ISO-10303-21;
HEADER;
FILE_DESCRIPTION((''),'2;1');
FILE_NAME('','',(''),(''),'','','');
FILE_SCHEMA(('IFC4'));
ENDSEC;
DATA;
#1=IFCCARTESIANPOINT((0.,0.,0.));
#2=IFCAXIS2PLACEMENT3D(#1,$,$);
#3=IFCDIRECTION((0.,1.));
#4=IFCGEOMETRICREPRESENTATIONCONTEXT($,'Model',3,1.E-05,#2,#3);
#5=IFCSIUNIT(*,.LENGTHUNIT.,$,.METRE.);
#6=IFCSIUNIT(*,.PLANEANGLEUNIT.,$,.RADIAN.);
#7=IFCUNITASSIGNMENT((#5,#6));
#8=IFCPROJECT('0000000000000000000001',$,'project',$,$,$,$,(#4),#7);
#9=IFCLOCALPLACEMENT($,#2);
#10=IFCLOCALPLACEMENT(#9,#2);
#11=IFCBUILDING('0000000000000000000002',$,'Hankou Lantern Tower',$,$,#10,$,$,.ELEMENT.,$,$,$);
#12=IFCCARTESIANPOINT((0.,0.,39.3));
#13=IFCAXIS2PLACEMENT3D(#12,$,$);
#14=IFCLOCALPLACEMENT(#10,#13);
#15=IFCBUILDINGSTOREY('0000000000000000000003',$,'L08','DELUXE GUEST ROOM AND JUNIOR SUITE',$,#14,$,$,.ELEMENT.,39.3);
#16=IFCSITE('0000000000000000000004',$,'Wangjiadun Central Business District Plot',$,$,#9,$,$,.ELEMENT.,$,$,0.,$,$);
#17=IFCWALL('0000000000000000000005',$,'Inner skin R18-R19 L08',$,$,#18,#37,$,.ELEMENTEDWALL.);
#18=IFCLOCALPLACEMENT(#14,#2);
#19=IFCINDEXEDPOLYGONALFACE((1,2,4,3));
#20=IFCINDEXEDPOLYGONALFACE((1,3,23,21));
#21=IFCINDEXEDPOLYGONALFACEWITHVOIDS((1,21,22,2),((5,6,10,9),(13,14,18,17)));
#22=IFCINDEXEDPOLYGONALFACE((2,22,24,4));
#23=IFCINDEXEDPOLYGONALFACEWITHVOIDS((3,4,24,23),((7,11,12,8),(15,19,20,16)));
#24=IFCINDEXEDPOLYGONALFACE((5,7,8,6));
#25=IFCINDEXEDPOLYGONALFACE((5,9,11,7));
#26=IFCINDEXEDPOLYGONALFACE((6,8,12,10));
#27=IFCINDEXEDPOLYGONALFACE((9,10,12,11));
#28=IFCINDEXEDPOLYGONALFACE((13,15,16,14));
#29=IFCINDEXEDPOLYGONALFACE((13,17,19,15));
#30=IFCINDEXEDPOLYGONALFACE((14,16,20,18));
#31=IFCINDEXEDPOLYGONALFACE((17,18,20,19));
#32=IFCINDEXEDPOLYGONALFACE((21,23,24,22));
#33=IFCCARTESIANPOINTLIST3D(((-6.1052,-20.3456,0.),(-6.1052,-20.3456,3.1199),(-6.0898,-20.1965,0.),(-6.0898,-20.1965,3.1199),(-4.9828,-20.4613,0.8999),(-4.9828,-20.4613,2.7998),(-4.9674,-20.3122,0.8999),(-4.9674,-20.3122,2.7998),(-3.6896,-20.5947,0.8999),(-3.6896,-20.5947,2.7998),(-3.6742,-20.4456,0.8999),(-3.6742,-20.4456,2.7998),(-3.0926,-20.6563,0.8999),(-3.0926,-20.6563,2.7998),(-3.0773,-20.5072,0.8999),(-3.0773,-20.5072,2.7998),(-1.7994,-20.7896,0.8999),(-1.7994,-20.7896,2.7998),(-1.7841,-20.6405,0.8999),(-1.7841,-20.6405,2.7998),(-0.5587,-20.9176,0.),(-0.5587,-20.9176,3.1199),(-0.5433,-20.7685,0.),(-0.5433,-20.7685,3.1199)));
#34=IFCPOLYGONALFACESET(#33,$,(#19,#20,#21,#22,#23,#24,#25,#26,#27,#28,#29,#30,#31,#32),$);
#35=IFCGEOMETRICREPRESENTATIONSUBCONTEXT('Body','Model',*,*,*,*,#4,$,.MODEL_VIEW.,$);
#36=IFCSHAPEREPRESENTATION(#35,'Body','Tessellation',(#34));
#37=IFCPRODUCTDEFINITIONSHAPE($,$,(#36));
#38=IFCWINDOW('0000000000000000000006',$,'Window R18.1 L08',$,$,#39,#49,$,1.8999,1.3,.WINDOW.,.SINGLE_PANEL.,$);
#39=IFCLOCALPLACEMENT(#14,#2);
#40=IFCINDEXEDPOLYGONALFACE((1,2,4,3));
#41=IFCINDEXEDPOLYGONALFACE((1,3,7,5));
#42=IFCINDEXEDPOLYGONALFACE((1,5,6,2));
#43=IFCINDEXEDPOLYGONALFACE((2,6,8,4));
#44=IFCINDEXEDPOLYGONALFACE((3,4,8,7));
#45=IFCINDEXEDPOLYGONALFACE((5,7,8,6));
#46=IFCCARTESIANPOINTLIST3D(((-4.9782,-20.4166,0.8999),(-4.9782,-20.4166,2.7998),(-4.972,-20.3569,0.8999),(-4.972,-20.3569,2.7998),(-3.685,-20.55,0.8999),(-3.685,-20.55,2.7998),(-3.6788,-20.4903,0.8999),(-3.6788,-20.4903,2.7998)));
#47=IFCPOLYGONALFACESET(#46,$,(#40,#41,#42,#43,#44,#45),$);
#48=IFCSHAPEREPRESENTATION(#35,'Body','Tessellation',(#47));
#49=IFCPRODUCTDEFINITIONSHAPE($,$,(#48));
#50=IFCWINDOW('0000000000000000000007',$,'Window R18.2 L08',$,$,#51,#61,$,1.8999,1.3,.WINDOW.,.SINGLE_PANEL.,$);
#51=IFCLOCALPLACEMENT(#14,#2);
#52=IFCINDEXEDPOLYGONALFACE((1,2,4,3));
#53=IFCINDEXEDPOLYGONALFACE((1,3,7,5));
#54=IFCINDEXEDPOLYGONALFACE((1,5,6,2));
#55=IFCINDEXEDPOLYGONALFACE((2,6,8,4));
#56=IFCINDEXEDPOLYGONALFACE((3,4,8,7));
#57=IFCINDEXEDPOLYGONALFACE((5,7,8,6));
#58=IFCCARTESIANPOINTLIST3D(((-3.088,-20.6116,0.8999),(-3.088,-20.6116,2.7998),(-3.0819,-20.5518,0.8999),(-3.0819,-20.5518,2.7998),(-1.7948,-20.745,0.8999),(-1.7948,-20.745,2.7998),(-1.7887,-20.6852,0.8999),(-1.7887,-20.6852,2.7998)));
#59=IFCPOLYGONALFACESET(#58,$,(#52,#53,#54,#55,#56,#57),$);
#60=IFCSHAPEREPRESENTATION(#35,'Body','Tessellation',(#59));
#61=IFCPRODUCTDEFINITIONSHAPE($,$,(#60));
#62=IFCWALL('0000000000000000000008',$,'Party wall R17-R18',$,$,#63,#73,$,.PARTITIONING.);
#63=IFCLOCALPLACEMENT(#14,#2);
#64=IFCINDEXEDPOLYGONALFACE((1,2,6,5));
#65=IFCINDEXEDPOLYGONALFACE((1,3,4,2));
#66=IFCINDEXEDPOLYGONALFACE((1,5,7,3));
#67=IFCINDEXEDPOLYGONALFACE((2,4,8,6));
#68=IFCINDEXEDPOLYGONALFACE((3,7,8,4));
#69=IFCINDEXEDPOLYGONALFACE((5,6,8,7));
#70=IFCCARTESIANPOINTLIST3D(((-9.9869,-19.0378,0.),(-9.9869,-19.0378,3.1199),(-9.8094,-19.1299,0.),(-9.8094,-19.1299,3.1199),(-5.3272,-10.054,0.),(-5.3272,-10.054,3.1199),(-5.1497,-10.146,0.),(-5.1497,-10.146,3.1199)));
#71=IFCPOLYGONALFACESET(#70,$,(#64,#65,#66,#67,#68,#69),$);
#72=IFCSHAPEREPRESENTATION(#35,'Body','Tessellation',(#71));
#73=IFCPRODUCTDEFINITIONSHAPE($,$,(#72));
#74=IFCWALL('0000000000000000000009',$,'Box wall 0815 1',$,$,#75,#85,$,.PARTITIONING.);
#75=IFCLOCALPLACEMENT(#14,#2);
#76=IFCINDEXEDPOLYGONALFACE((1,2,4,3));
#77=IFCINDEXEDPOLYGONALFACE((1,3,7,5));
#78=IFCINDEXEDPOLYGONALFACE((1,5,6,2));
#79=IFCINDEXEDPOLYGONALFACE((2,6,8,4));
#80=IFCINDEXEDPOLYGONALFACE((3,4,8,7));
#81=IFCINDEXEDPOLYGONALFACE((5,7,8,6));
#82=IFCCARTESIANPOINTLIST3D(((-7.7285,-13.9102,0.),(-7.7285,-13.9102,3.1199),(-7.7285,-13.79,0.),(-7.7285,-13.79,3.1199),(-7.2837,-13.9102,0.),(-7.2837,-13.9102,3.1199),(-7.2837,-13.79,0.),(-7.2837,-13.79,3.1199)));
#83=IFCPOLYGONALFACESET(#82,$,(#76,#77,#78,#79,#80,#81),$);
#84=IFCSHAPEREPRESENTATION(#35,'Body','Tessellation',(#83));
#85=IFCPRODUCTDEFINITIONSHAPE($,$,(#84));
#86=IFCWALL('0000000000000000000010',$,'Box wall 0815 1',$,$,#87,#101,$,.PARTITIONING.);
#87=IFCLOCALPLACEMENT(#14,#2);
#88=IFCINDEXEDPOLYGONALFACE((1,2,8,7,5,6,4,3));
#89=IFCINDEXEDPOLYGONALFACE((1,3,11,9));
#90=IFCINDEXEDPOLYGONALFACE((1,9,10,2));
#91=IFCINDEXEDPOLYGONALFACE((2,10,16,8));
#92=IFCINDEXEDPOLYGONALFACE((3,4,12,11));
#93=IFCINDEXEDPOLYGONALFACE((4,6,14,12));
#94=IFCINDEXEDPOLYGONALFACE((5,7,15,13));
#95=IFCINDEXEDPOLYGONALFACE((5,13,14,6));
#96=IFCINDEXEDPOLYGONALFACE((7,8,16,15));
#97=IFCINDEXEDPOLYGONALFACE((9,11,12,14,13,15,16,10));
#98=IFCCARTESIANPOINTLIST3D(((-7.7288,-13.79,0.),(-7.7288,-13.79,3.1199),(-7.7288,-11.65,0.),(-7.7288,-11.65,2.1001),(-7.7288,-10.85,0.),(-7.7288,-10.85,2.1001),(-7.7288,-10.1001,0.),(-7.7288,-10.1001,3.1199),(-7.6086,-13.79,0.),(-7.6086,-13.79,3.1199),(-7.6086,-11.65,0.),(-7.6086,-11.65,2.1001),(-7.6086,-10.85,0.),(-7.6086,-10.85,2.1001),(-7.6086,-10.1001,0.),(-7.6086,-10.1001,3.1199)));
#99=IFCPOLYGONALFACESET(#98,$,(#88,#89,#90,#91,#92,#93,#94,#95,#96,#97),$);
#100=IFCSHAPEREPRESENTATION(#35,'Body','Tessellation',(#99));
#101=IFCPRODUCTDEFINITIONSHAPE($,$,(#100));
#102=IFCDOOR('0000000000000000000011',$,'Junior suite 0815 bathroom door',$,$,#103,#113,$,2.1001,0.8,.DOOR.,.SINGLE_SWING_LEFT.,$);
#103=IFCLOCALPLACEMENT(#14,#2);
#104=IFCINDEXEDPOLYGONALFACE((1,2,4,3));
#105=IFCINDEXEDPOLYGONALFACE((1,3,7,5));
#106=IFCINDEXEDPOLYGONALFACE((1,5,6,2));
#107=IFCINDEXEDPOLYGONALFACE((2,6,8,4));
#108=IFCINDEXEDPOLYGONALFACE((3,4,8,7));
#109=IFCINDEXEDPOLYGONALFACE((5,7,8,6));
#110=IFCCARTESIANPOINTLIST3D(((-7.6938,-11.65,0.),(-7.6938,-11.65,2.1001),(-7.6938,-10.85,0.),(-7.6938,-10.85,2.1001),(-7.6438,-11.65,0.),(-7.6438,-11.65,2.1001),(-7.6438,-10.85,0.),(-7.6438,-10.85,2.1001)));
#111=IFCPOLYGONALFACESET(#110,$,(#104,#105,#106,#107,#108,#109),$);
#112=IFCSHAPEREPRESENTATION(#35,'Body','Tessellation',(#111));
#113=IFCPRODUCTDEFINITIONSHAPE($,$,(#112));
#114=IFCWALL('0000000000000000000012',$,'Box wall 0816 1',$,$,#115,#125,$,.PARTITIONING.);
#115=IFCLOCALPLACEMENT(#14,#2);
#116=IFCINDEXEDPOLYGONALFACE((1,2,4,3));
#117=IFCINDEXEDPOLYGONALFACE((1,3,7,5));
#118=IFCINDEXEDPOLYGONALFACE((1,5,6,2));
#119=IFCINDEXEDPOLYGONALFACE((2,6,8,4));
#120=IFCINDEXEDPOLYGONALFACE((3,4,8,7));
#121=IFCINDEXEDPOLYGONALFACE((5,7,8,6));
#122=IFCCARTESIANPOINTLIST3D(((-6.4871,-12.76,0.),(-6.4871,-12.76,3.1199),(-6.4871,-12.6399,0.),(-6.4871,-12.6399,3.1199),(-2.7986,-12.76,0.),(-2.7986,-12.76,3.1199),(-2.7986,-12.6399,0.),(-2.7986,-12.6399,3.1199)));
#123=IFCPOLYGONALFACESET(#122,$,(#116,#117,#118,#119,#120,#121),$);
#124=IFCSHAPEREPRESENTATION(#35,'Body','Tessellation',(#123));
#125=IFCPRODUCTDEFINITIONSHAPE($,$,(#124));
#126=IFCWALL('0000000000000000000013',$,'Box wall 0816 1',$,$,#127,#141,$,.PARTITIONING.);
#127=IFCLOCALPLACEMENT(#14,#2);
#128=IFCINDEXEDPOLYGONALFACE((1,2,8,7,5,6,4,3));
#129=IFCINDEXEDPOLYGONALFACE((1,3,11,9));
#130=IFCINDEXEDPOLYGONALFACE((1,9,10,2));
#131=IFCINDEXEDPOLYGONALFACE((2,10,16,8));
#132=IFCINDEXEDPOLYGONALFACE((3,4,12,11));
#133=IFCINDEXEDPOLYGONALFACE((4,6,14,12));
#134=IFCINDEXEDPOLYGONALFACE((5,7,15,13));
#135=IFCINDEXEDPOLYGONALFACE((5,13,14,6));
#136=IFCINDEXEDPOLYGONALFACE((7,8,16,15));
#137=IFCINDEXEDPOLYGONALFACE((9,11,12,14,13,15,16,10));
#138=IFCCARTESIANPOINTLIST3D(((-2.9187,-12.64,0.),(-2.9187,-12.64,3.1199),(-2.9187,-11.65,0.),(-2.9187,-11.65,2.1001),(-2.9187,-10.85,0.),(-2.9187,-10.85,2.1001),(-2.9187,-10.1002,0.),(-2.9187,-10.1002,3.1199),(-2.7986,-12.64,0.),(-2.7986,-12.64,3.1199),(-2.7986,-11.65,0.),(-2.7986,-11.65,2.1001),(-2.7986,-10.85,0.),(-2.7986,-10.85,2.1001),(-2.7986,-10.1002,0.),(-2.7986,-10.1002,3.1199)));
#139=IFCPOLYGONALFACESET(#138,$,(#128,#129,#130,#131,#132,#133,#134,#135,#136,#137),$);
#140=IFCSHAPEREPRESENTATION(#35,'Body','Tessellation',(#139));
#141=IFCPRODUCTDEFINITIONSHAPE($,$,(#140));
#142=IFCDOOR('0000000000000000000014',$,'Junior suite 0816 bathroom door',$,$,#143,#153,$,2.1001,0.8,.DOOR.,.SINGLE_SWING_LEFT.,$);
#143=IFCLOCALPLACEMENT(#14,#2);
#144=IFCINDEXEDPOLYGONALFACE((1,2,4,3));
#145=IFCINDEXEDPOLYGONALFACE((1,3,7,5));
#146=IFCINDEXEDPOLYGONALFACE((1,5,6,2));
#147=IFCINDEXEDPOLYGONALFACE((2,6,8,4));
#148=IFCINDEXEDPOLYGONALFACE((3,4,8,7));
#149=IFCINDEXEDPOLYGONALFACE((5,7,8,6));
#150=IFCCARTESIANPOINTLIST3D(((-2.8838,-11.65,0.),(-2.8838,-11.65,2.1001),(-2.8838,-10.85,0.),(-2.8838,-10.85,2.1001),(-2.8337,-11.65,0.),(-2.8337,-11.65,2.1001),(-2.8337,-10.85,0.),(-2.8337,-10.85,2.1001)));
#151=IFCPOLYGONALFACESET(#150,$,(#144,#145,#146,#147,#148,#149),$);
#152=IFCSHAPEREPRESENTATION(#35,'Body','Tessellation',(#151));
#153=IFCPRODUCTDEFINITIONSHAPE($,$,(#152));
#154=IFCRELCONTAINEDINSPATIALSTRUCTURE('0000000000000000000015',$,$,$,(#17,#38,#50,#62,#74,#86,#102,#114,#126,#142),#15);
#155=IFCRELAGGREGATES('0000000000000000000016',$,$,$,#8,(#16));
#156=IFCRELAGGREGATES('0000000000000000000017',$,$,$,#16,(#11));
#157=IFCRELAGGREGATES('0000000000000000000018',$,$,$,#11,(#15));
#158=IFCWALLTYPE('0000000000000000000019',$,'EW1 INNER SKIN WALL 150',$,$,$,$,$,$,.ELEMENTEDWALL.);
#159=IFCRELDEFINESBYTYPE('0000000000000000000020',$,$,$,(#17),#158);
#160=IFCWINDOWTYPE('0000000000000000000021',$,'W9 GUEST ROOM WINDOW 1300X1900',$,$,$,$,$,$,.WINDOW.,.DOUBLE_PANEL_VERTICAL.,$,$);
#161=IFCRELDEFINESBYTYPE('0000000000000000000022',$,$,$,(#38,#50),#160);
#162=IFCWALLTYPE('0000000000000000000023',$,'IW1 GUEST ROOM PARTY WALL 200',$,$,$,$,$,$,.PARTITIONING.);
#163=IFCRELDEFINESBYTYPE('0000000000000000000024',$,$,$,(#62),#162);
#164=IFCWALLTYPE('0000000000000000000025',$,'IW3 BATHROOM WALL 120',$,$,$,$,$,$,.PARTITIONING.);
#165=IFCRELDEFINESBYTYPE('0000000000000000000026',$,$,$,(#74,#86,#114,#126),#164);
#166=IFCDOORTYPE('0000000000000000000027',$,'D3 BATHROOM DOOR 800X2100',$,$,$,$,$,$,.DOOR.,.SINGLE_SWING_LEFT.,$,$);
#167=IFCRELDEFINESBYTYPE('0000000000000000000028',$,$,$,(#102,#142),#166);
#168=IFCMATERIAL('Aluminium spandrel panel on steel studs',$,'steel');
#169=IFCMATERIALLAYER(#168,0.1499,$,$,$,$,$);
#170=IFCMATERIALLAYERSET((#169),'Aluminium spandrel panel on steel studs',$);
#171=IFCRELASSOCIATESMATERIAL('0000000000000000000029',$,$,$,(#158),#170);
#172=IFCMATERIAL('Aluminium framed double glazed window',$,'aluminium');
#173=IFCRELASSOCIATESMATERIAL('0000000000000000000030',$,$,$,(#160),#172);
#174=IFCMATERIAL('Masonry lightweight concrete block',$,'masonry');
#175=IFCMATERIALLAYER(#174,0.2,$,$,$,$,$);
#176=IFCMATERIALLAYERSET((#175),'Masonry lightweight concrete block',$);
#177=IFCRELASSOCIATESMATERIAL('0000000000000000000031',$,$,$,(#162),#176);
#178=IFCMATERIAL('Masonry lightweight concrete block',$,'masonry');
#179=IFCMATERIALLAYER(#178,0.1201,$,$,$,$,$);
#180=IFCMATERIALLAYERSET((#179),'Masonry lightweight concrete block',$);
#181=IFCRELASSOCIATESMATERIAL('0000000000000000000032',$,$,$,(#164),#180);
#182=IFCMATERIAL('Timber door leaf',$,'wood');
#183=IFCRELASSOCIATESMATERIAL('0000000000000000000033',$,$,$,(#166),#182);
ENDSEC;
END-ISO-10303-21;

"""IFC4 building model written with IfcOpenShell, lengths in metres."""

from ifc_helpers import new_model, si_unit, direction, frame, frame_2d, origin, place, context, subcontext, project, spatial, rectangle, extrude, material, layer, layer_set, type_object, element, fill, save


model = new_model("IFC4")

# Units and contexts
model_context = context("Model", 3, precision=1e-05, world=origin(), true_north=direction((0.0, 1.0)))
body_context = subcontext(model_context, "Body", "Model", "MODEL_VIEW")
ifc_project = project(units=[si_unit("LENGTHUNIT", "METRE"), si_unit("PLANEANGLEUNIT", "RADIAN")], contexts=[model_context])

# Site, building, storey
site_placement = place(None, origin())
site = spatial("IfcSite", under=ifc_project, at=site_placement, Name="Wangjiadun Central Business District Plot", CompositionType="ELEMENT", RefElevation=0.0)
building_placement = place(site_placement, origin())
building = spatial("IfcBuilding", under=site, at=building_placement, Name="Hankou Lantern Tower", CompositionType="ELEMENT")
storey_placement = place(building_placement, frame((0.0, 0.0, 39.3)))
storey = spatial("IfcBuildingStorey", under=building, at=storey_placement, Name="L08", Description="DELUXE GUEST ROOM AND JUNIOR SUITE", CompositionType="ELEMENT", Elevation=39.3)

# Wall, openings, windows
ifc_material_1 = material(Name="Aluminium spandrel panel on steel studs", Category="steel")
ifc_layer_1 = layer(ifc_material_1, 0.1499)
ifc_layer_set_1 = layer_set([ifc_layer_1], Name="Aluminium spandrel panel on steel studs")
wall_type_1 = type_object("IfcWallType", Name="EW1 INNER SKIN WALL 150", PredefinedType="ELEMENTEDWALL", material=ifc_layer_set_1)
ifc_material_2 = material(Name="Aluminium framed double glazed window", Category="aluminium")
window_type = type_object("IfcWindowType", Name="W9 GUEST ROOM WINDOW 1300X1900", PartitioningType="DOUBLE_PANEL_VERTICAL", PredefinedType="WINDOW", material=ifc_material_2)
wall_1_placement = place(storey_placement, frame((-6.0977, -20.271, 0.0), z_axis=(0.0, 0.0, 1.0), x_axis=(0.994724, -0.10259, 0.0)))
wall_1 = element("IfcWall", 1, at=wall_1_placement, inside=storey, type_object=wall_type_1, Name="Inner skin R18-R19 L08", PredefinedType="ELEMENTEDWALL", context=body_context, shape_type="SweptSolid", body=[
    extrude(rectangle(XDim=5.5759, YDim=0.1499, at=frame_2d((2.7881, 0.0))), origin(), (0.0, 0.0, 1.0), 3.1199),
])
opening_1_placement = place(wall_1_placement, frame((1.1287, 0.0, 0.8999)))
opening_1 = element("IfcOpeningElement", 2, at=opening_1_placement, cuts=wall_1, PredefinedType="OPENING", context=body_context, shape_type="SweptSolid", body=[
    extrude(rectangle(XDim=1.3, YDim=1.8999, at=frame_2d((0.6499, 0.95))), frame((0.0, 0.085, 0.0), z_axis=(0.0, -1.0, 0.0), x_axis=(1.0, 0.0, 0.0)), (0.0, 0.0, 1.0), 0.1699),
])
opening_2_placement = place(wall_1_placement, frame((3.0288, 0.0, 0.8999)))
opening_2 = element("IfcOpeningElement", 3, at=opening_2_placement, cuts=wall_1, PredefinedType="OPENING", context=body_context, shape_type="SweptSolid", body=[
    extrude(rectangle(XDim=1.3, YDim=1.8999, at=frame_2d((0.6499, 0.95))), frame((0.0, 0.085, 0.0), z_axis=(0.0, -1.0, 0.0), x_axis=(1.0, 0.0, 0.0)), (0.0, 0.0, 1.0), 0.1699),
])
window_1_placement = place(opening_1_placement, origin())
window_1 = element("IfcWindow", 4, at=window_1_placement, inside=storey, type_object=window_type, Name="Window R18.1 L08", OverallHeight=1.8999, OverallWidth=1.3, PartitioningType="SINGLE_PANEL", PredefinedType="WINDOW", context=body_context, shape_type="SweptSolid", body=[
    extrude(rectangle(XDim=1.3, YDim=1.8999, at=frame_2d((0.6499, 0.95))), frame((0.0, 0.03, 0.0), z_axis=(0.0, -1.0, 0.0), x_axis=(1.0, 0.0, 0.0)), (0.0, 0.0, 1.0), 0.0601),
])
fill(opening_1, window_1)
window_2_placement = place(opening_2_placement, origin())
window_2 = element("IfcWindow", 5, at=window_2_placement, inside=storey, type_object=window_type, Name="Window R18.2 L08", OverallHeight=1.8999, OverallWidth=1.3, PartitioningType="SINGLE_PANEL", PredefinedType="WINDOW", context=body_context, shape_type="SweptSolid", body=[
    extrude(rectangle(XDim=1.3, YDim=1.8999, at=frame_2d((0.6499, 0.95))), frame((0.0, 0.03, 0.0), z_axis=(0.0, -1.0, 0.0), x_axis=(1.0, 0.0, 0.0)), (0.0, 0.0, 1.0), 0.0601),
])
fill(opening_2, window_2)

# Walls
ifc_material_3 = material(Name="Masonry lightweight concrete block", Category="masonry")
ifc_layer_2 = layer(ifc_material_3, 0.2)
ifc_layer_set_2 = layer_set([ifc_layer_2], Name="Masonry lightweight concrete block")
wall_type_2 = type_object("IfcWallType", Name="IW1 GUEST ROOM PARTY WALL 200", PredefinedType="PARTITIONING", material=ifc_layer_set_2)
wall_2_placement = place(storey_placement, frame((-5.2385, -10.1001, 0.0), z_axis=(0.0, 0.0, 1.0), x_axis=(-0.460423, -0.8877, 0.0)))
element("IfcWall", 6, at=wall_2_placement, inside=storey, type_object=wall_type_2, Name="Party wall R17-R18", PredefinedType="PARTITIONING", context=body_context, shape_type="SweptSolid", body=[
    extrude(rectangle(XDim=10.1204, YDim=0.2, at=frame_2d((5.0601, 0.0))), origin(), (0.0, 0.0, 1.0), 3.1199),
])
ifc_material_4 = material(Name="Masonry lightweight concrete block", Category="masonry")
ifc_layer_3 = layer(ifc_material_4, 0.1201)
ifc_layer_set_3 = layer_set([ifc_layer_3], Name="Masonry lightweight concrete block")
wall_type_3 = type_object("IfcWallType", Name="IW3 BATHROOM WALL 120", PredefinedType="PARTITIONING", material=ifc_layer_set_3)
wall_3_placement = place(storey_placement, frame((-7.2837, -13.8501, 0.0), z_axis=(0.0, 0.0, 1.0), x_axis=(-1.0, 0.0, 0.0)))
element("IfcWall", 7, at=wall_3_placement, inside=storey, type_object=wall_type_3, Name="Box wall 0815 1", PredefinedType="PARTITIONING", context=body_context, shape_type="SweptSolid", body=[
    extrude(rectangle(XDim=0.4448, YDim=0.1201, at=frame_2d((0.2224, 0.0))), origin(), (0.0, 0.0, 1.0), 3.1199),
])

# Wall, opening, door
wall_4_placement = place(storey_placement, frame((-7.6687, -10.1001, 0.0), z_axis=(0.0, 0.0, 1.0), x_axis=(0.0, -1.0, 0.0)))
wall_4 = element("IfcWall", 8, at=wall_4_placement, inside=storey, type_object=wall_type_3, Name="Box wall 0815 1", PredefinedType="PARTITIONING", context=body_context, shape_type="SweptSolid", body=[
    extrude(rectangle(XDim=3.6899, YDim=0.1201, at=frame_2d((1.845, 0.0))), origin(), (0.0, 0.0, 1.0), 3.1199),
])
opening_3_placement = place(wall_4_placement, frame((0.75, 0.0, 0.0)))
opening_3 = element("IfcOpeningElement", 9, at=opening_3_placement, cuts=wall_4, PredefinedType="OPENING", context=body_context, shape_type="SweptSolid", body=[
    extrude(rectangle(XDim=0.8, YDim=2.1001, at=frame_2d((0.3999, 1.05))), frame((0.0, 0.0701, 0.0), z_axis=(0.0, -1.0, 0.0), x_axis=(1.0, 0.0, 0.0)), (0.0, 0.0, 1.0), 0.1401),
])
ifc_material_5 = material(Name="Timber door leaf", Category="wood")
door_type = type_object("IfcDoorType", Name="D3 BATHROOM DOOR 800X2100", OperationType="SINGLE_SWING_LEFT", PredefinedType="DOOR", material=ifc_material_5)
door_1_placement = place(opening_3_placement, origin())
door_1 = element("IfcDoor", 10, at=door_1_placement, inside=storey, type_object=door_type, Name="Junior suite 0815 bathroom door", OperationType="SINGLE_SWING_LEFT", OverallHeight=2.1001, OverallWidth=0.8, PredefinedType="DOOR", context=body_context, shape_type="SweptSolid", body=[
    extrude(rectangle(XDim=0.8, YDim=2.1001, at=frame_2d((0.3999, 1.05))), frame((0.0, 0.0249, 0.0), z_axis=(0.0, -1.0, 0.0), x_axis=(1.0, 0.0, 0.0)), (0.0, 0.0, 1.0), 0.05),
])
fill(opening_3, door_1)

# Wall
wall_5_placement = place(storey_placement, frame((-6.4871, -12.7, 0.0), z_axis=(0.0, 0.0, 1.0), x_axis=(1.0, 0.0, 0.0)))
element("IfcWall", 11, at=wall_5_placement, inside=storey, type_object=wall_type_3, Name="Box wall 0816 1", PredefinedType="PARTITIONING", context=body_context, shape_type="SweptSolid", body=[
    extrude(rectangle(XDim=3.6885, YDim=0.1201, at=frame_2d((1.8442, 0.0))), origin(), (0.0, 0.0, 1.0), 3.1199),
])

# Wall, opening, door
wall_6_placement = place(storey_placement, frame((-2.8586, -10.1001, 0.0), z_axis=(0.0, 0.0, 1.0), x_axis=(0.0, -1.0, 0.0)))
wall_6 = element("IfcWall", 12, at=wall_6_placement, inside=storey, type_object=wall_type_3, Name="Box wall 0816 1", PredefinedType="PARTITIONING", context=body_context, shape_type="SweptSolid", body=[
    extrude(rectangle(XDim=2.5398, YDim=0.1201, at=frame_2d((1.27, 0.0))), origin(), (0.0, 0.0, 1.0), 3.1199),
])
opening_4_placement = place(wall_6_placement, frame((0.75, 0.0, 0.0)))
opening_4 = element("IfcOpeningElement", 13, at=opening_4_placement, cuts=wall_6, PredefinedType="OPENING", context=body_context, shape_type="SweptSolid", body=[
    extrude(rectangle(XDim=0.8, YDim=2.1001, at=frame_2d((0.3999, 1.05))), frame((0.0, 0.0701, 0.0), z_axis=(0.0, -1.0, 0.0), x_axis=(1.0, 0.0, 0.0)), (0.0, 0.0, 1.0), 0.1401),
])
door_2_placement = place(opening_4_placement, origin())
door_2 = element("IfcDoor", 14, at=door_2_placement, inside=storey, type_object=door_type, Name="Junior suite 0816 bathroom door", OperationType="SINGLE_SWING_LEFT", OverallHeight=2.1001, OverallWidth=0.8, PredefinedType="DOOR", context=body_context, shape_type="SweptSolid", body=[
    extrude(rectangle(XDim=0.8, YDim=2.1001, at=frame_2d((0.3999, 1.05))), frame((0.0, 0.0249, 0.0), z_axis=(0.0, -1.0, 0.0), x_axis=(1.0, 0.0, 0.0)), (0.0, 0.0, 1.0), 0.05),
])
fill(opening_4, door_2)

save(model, "model.ifc")
